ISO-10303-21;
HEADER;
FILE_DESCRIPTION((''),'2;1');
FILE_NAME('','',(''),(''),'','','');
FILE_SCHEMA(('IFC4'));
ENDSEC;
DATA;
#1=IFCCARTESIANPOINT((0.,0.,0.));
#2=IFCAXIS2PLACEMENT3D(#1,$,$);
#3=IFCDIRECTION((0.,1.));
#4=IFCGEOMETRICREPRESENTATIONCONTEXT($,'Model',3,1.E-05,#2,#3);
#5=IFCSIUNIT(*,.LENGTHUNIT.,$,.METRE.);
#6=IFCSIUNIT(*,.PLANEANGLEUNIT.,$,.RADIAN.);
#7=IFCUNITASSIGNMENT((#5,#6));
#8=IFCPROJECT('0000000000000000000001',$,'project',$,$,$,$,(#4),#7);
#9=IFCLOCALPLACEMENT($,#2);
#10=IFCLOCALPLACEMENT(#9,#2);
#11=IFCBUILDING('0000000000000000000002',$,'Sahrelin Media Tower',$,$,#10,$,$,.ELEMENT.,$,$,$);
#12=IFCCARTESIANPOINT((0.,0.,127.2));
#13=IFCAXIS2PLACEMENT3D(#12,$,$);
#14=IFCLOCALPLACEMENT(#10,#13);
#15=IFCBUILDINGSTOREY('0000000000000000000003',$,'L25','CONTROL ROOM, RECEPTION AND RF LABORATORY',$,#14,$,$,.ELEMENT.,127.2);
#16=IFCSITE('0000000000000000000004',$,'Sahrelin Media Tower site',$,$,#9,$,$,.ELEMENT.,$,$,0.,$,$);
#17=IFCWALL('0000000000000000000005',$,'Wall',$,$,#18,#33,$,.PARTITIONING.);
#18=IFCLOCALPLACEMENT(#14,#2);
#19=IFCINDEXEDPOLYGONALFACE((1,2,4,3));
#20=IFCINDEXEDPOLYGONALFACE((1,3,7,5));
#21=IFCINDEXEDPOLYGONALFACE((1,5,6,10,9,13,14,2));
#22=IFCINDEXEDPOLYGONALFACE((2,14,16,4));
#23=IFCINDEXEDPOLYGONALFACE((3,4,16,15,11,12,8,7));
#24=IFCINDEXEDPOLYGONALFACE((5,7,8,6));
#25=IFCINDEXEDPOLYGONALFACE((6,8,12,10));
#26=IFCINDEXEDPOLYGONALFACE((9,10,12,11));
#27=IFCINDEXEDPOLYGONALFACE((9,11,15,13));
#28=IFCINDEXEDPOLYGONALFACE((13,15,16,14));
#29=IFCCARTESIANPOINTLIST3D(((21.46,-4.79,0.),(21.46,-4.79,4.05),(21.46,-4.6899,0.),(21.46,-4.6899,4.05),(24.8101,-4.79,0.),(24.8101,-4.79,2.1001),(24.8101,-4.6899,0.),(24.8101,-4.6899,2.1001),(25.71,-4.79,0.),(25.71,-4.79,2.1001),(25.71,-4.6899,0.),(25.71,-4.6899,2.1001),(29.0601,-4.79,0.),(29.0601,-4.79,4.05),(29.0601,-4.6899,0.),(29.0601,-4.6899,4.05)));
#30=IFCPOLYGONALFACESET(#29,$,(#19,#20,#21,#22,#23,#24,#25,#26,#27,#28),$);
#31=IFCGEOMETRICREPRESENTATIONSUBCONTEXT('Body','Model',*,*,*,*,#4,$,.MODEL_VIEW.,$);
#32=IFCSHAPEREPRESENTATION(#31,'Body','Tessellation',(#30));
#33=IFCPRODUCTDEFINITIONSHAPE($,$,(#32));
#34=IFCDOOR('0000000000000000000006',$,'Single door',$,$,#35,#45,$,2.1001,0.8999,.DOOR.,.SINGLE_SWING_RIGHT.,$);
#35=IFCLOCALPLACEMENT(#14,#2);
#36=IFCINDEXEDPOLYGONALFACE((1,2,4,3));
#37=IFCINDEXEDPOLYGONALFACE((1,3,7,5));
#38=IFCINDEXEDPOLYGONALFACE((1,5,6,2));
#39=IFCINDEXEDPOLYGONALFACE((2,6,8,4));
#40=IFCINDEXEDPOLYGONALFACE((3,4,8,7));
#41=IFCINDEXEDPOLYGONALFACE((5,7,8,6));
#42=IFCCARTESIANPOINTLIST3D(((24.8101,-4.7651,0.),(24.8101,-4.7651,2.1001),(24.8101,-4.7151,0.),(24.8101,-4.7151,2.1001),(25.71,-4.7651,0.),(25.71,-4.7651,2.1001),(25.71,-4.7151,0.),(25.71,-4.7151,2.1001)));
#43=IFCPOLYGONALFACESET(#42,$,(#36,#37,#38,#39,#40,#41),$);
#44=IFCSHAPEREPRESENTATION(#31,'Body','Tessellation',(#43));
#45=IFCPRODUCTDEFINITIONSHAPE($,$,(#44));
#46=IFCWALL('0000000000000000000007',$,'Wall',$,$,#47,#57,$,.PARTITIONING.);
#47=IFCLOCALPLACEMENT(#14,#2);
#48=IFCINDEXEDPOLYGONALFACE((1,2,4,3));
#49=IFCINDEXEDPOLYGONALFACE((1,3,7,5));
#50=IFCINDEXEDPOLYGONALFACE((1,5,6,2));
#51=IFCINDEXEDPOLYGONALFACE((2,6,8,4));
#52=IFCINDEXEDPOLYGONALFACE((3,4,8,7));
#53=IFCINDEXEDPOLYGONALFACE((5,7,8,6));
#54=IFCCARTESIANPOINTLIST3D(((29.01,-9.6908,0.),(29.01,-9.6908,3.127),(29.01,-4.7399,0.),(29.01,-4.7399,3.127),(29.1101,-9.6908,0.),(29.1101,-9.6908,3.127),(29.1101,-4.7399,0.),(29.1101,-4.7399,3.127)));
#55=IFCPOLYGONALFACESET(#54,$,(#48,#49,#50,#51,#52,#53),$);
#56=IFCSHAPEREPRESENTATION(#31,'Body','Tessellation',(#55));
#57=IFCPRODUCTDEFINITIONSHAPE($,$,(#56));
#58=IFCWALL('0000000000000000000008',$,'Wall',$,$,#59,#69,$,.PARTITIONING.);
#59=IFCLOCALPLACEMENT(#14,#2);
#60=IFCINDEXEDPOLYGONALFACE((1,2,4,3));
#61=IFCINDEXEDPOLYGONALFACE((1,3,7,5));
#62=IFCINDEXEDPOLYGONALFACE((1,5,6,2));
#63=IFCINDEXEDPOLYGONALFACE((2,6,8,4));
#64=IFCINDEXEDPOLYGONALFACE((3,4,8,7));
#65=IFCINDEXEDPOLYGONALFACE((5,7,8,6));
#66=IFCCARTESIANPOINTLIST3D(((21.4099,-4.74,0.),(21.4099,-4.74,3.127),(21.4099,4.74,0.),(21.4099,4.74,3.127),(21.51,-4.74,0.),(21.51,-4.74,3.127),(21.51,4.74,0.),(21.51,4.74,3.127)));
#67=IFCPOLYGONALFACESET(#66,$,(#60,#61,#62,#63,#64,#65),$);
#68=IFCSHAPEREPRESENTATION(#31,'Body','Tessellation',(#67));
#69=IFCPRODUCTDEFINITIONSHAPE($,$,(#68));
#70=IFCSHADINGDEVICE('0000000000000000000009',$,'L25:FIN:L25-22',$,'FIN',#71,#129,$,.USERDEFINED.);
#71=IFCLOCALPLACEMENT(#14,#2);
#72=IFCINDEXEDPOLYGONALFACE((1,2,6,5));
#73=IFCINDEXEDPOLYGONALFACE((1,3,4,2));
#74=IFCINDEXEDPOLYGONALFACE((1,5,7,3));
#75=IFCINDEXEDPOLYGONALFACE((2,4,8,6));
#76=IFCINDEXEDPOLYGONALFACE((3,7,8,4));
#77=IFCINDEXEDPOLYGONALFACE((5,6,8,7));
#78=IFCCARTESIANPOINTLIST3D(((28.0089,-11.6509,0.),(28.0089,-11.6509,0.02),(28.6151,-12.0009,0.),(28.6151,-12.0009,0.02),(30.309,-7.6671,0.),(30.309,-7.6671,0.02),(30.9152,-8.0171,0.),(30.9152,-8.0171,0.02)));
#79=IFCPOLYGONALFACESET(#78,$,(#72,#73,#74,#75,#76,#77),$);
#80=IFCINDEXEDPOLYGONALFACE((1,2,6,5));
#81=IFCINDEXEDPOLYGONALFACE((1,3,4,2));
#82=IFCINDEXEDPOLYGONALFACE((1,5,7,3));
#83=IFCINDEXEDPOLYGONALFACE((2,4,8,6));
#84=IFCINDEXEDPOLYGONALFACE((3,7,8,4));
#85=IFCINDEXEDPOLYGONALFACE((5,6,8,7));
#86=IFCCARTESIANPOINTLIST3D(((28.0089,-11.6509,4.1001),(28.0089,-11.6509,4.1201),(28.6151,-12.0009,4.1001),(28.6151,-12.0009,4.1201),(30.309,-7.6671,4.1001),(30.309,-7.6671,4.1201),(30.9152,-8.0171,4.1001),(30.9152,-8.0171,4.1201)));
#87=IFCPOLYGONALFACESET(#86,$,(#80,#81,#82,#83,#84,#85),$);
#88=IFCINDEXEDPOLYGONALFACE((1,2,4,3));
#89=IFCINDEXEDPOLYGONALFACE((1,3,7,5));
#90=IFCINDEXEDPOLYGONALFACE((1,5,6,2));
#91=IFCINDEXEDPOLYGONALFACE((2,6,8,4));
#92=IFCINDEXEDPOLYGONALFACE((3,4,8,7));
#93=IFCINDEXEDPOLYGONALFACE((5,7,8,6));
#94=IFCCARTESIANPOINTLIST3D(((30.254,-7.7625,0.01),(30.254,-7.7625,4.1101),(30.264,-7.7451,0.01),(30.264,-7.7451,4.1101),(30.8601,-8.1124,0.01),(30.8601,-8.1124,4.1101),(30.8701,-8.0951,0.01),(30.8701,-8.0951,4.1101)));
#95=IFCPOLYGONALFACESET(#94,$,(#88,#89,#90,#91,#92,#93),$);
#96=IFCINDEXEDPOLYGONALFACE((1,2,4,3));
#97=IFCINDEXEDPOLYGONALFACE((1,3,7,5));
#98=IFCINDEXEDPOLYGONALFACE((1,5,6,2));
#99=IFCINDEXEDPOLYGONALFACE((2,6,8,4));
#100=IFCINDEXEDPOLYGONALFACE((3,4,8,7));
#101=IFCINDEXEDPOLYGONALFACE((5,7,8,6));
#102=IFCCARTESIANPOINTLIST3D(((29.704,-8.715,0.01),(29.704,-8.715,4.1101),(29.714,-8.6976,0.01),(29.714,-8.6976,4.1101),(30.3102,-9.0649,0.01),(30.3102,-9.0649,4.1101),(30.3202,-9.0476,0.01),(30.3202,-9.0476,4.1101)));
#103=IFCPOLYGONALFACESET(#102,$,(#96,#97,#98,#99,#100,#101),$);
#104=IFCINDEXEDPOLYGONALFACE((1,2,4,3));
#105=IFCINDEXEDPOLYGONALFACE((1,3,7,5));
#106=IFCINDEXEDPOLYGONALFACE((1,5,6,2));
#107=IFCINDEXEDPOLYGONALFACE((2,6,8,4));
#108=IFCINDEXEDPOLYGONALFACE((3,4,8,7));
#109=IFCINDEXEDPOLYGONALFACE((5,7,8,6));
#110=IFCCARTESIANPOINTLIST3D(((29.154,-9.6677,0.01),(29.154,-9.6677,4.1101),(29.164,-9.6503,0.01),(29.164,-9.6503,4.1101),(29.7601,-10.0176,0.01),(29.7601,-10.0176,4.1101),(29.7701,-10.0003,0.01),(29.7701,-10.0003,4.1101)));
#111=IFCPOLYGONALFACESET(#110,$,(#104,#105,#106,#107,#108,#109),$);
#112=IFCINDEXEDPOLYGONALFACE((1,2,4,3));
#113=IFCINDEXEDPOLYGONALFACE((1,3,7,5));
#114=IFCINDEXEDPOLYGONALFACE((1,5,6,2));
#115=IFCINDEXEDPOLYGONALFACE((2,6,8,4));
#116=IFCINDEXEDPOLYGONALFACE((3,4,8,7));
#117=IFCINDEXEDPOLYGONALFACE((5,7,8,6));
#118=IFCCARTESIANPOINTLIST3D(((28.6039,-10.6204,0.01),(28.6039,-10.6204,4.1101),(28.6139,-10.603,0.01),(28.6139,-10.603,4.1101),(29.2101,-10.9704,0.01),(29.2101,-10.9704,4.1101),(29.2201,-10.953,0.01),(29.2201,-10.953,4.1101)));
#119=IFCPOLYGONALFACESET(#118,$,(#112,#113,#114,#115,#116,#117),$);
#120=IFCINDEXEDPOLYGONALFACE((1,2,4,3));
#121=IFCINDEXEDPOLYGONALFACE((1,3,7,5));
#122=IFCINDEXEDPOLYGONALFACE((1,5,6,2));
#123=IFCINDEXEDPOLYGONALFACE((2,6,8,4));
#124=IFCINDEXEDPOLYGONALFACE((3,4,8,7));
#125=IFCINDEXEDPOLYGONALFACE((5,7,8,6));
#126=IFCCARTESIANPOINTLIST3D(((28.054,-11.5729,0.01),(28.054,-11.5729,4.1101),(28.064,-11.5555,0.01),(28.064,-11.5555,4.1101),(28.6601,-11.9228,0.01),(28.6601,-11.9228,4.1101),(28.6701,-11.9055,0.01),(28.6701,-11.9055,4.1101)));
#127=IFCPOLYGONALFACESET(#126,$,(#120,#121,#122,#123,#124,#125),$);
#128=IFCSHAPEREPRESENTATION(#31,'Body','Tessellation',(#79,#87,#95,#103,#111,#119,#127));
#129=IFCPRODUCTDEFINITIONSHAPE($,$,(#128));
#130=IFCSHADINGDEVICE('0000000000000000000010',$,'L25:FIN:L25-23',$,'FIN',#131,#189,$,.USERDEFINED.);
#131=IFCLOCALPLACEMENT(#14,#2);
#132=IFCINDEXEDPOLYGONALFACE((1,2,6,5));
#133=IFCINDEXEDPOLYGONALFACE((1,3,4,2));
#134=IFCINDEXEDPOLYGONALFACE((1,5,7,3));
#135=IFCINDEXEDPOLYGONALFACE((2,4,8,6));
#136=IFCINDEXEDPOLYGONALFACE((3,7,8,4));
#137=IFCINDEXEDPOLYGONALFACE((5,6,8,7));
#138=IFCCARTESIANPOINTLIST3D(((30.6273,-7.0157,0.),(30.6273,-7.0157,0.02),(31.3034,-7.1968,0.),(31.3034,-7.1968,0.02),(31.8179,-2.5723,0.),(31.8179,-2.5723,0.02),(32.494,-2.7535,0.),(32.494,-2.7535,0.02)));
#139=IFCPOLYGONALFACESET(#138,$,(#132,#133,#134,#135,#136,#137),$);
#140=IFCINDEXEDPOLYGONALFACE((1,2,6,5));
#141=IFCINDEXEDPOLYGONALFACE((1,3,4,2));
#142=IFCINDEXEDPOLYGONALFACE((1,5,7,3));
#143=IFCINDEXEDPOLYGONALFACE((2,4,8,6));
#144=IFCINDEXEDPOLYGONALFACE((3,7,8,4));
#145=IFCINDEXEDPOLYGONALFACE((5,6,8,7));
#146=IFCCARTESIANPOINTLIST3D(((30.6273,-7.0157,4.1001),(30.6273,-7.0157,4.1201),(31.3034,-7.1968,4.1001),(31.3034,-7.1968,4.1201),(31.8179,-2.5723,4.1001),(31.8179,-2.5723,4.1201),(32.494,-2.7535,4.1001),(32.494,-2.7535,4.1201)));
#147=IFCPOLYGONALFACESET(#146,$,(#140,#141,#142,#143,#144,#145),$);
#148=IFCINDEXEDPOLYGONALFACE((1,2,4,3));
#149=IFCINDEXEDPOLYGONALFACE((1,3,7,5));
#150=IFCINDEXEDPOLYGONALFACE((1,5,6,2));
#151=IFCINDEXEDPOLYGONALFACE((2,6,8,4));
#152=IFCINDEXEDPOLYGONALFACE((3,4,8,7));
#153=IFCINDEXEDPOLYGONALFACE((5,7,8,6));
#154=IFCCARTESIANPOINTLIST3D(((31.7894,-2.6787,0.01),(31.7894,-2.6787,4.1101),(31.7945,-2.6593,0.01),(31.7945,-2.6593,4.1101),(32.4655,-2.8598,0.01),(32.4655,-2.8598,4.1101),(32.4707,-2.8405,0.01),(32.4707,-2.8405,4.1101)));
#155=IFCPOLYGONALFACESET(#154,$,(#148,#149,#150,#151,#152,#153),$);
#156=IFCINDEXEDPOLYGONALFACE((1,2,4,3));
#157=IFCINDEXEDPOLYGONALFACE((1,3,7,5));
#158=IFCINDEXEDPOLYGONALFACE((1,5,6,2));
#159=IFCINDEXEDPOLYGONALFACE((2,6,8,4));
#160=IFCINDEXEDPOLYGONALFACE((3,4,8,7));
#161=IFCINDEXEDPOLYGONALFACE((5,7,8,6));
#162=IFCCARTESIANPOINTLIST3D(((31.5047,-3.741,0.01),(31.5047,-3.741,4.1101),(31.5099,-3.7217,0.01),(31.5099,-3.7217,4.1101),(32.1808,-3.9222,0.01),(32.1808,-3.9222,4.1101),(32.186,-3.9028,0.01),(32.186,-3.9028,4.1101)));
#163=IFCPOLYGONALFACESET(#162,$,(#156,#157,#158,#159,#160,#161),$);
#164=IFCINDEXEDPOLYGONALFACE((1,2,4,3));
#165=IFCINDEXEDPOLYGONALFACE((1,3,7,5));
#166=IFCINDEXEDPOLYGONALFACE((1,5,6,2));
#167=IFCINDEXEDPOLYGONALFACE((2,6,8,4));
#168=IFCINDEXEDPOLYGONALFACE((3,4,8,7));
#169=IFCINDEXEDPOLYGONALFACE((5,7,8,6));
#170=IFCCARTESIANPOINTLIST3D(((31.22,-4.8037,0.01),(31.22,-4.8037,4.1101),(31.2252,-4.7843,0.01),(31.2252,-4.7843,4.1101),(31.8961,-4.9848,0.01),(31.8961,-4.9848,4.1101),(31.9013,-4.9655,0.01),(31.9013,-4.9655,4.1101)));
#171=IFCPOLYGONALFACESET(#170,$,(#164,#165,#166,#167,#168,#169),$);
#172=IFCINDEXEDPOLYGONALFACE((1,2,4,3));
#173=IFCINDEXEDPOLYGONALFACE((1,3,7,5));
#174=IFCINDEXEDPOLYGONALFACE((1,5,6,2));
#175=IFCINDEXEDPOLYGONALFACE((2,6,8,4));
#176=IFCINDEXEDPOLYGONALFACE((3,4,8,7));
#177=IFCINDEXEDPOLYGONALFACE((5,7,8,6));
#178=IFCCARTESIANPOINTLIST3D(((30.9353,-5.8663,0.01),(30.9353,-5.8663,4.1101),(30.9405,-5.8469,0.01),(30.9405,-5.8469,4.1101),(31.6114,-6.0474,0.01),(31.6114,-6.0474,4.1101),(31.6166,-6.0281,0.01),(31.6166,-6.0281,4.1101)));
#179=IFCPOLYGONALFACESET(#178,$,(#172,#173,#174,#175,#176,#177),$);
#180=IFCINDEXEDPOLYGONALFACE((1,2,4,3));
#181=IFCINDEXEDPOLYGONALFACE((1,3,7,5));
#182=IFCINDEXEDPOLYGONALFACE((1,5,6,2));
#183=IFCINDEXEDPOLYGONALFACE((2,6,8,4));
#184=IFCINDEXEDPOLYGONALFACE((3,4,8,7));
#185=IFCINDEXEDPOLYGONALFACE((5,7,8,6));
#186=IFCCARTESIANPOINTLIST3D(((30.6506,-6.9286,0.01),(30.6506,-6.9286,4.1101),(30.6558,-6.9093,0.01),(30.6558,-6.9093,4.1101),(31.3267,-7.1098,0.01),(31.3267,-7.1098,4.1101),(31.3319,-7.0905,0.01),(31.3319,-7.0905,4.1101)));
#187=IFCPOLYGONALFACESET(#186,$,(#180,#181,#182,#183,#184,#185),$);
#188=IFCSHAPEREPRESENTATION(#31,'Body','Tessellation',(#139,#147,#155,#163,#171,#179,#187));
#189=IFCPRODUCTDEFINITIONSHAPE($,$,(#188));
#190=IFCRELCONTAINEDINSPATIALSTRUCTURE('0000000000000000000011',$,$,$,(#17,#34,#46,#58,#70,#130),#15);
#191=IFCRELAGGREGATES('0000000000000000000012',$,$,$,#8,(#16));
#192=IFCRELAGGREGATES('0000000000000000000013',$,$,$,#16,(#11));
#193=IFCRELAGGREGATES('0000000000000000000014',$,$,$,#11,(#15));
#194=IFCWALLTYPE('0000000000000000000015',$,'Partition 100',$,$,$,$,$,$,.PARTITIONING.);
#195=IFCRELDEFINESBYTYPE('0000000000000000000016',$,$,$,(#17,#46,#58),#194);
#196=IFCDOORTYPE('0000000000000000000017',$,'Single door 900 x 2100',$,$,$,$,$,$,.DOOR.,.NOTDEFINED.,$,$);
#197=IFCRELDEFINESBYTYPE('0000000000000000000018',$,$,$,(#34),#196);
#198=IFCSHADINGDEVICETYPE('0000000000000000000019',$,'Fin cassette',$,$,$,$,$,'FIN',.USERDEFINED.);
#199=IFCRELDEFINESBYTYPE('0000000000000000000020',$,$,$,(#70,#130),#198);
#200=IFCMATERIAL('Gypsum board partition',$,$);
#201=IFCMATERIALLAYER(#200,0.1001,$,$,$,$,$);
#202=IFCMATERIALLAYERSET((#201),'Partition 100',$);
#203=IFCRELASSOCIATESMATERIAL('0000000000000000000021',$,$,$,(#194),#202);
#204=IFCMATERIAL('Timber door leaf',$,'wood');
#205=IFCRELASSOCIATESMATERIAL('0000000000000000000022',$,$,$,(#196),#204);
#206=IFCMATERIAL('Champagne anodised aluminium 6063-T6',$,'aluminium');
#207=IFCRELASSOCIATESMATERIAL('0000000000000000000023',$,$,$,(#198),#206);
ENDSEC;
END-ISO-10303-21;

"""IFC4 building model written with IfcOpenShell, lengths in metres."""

from ifc_helpers import new_model, si_unit, direction, frame, frame_2d, origin, origin_2d, place, context, subcontext, project, spatial, rectangle, extrude, material, layer, layer_set, type_object, element, fill, save


model = new_model("IFC4")

# Units and contexts
model_context = context("Model", 3, precision=1e-05, world=origin(), true_north=direction((0.0, 1.0)))
body_context = subcontext(model_context, "Body", "Model", "MODEL_VIEW")
ifc_project = project(units=[si_unit("LENGTHUNIT", "METRE"), si_unit("PLANEANGLEUNIT", "RADIAN")], contexts=[model_context])

# Site, building, storey
site_placement = place(None, origin())
site = spatial("IfcSite", under=ifc_project, at=site_placement, Name="Sahrelin Media Tower site", CompositionType="ELEMENT", RefElevation=0.0)
building_placement = place(site_placement, origin())
building = spatial("IfcBuilding", under=site, at=building_placement, Name="Sahrelin Media Tower", CompositionType="ELEMENT")
storey_placement = place(building_placement, frame((0.0, 0.0, 127.2)))
storey = spatial("IfcBuildingStorey", under=building, at=storey_placement, Name="L25", Description="CONTROL ROOM, RECEPTION AND RF LABORATORY", CompositionType="ELEMENT", Elevation=127.2)

# Shared definitions
ifc_material_1 = material(Name="Champagne anodised aluminium 6063-T6", Category="aluminium")

# Wall, opening, door
ifc_material_2 = material(Name="Gypsum board partition")
ifc_layer_1 = layer(ifc_material_2, 0.1001)
ifc_layer_set_1 = layer_set([ifc_layer_1], Name="Partition 100")
wall_type_1 = type_object("IfcWallType", Name="Partition 100", PredefinedType="PARTITIONING", material=ifc_layer_set_1)
wall_1_placement = place(storey_placement, frame((21.46, -4.74, 0.0), z_axis=(0.0, 0.0, 1.0), x_axis=(1.0, 0.0, 0.0)))
wall_1 = element("IfcWall", 1, at=wall_1_placement, inside=storey, type_object=wall_type_1, Name="Wall", PredefinedType="PARTITIONING", context=body_context, shape_type="SweptSolid", body=[
    extrude(rectangle(XDim=7.6001, YDim=0.1001, at=frame_2d((3.8, 0.0))), origin(), (0.0, 0.0, 1.0), 4.05),
])
opening_1_placement = place(wall_1_placement, frame((3.3501, 0.0, 0.0)))
opening_1 = element("IfcOpeningElement", 2, at=opening_1_placement, cuts=wall_1, PredefinedType="OPENING", context=body_context, shape_type="SweptSolid", body=[
    extrude(rectangle(XDim=0.8999, YDim=2.1001, at=frame_2d((0.45, 1.05))), frame((0.0, 0.05, 0.0), z_axis=(0.0, -1.0, 0.0), x_axis=(1.0, 0.0, 0.0)), (0.0, 0.0, 1.0), 0.1001),
])
ifc_material_3 = material(Name="Timber door leaf", Category="wood")
door_type_1 = type_object("IfcDoorType", Name="Single door 900 x 2100", OperationType="NOTDEFINED", PredefinedType="DOOR", material=ifc_material_3)
door_1_placement = place(opening_1_placement, origin())
door_1 = element("IfcDoor", 3, at=door_1_placement, inside=storey, type_object=door_type_1, Name="Single door", OperationType="SINGLE_SWING_RIGHT", OverallHeight=2.1001, OverallWidth=0.8999, PredefinedType="DOOR", context=body_context, shape_type="SweptSolid", body=[
    extrude(rectangle(XDim=0.8999, YDim=2.1001, at=frame_2d((0.45, 1.05))), frame((0.0, 0.0249, 0.0), z_axis=(0.0, -1.0, 0.0), x_axis=(1.0, 0.0, 0.0)), (0.0, 0.0, 1.0), 0.05),
])
fill(opening_1, door_1)

# Walls
wall_2_placement = place(storey_placement, frame((29.0601, -9.6909, 0.0), z_axis=(0.0, 0.0, 1.0), x_axis=(0.0, 1.0, 0.0)))
element("IfcWall", 4, at=wall_2_placement, inside=storey, type_object=wall_type_1, Name="Wall", PredefinedType="PARTITIONING", context=body_context, shape_type="SweptSolid", body=[
    extrude(rectangle(XDim=4.9509, YDim=0.1001, at=frame_2d((2.4756, 0.0))), origin(), (0.0, 0.0, 1.0), 3.127),
])
wall_3_placement = place(storey_placement, frame((21.46, -4.74, 0.0), z_axis=(0.0, 0.0, 1.0), x_axis=(0.0, 1.0, 0.0)))
element("IfcWall", 5, at=wall_3_placement, inside=storey, type_object=wall_type_1, Name="Wall", PredefinedType="PARTITIONING", context=body_context, shape_type="SweptSolid", body=[
    extrude(rectangle(XDim=9.48, YDim=0.1001, at=frame_2d((4.74, 0.0))), origin(), (0.0, 0.0, 1.0), 3.127),
])

# Shading devices
shading_device_type_1 = type_object("IfcShadingDeviceType", Name="Fin cassette", ElementType="FIN", PredefinedType="USERDEFINED", material=ifc_material_1)
placement_1 = place(storey_placement, frame((29.0984, -9.624, 0.0), z_axis=(0.0, 0.0, 1.0), x_axis=(-0.500011, -0.866019, 0.0)))
element("IfcShadingDevice", 6, at=placement_1, inside=storey, type_object=shading_device_type_1, Name="L25:FIN:L25-22", ObjectType="FIN", PredefinedType="USERDEFINED", context=body_context, shape_type="SweptSolid", body=[
    extrude(rectangle(XDim=4.6001, YDim=0.7, at=origin_2d()), frame((0.0, 0.4199, 0.0)), (0.0, 0.0, 1.0), 0.02),
    extrude(rectangle(XDim=4.6001, YDim=0.7, at=origin_2d()), frame((0.0, 0.4199, 4.1001)), (0.0, 0.0, 1.0), 0.02),
    extrude(rectangle(XDim=0.02, YDim=0.7, at=origin_2d()), frame((-2.2, 0.4199, 0.01), z_axis=(0.0, 0.0, 1.0), x_axis=(1.0, 0.0, 0.0)), (0.0, 0.0, 1.0), 4.1001),
    extrude(rectangle(XDim=0.02, YDim=0.7, at=origin_2d()), frame((-1.1001, 0.4199, 0.01), z_axis=(0.0, 0.0, 1.0), x_axis=(1.0, 0.0, 0.0)), (0.0, 0.0, 1.0), 4.1001),
    extrude(rectangle(XDim=0.02, YDim=0.7, at=origin_2d()), frame((0.0, 0.4199, 0.01), z_axis=(0.0, 0.0, 1.0), x_axis=(1.0, 0.0, 0.0)), (0.0, 0.0, 1.0), 4.1001),
    extrude(rectangle(XDim=0.02, YDim=0.7, at=origin_2d()), frame((1.1001, 0.4199, 0.01), z_axis=(0.0, 0.0, 1.0), x_axis=(1.0, 0.0, 0.0)), (0.0, 0.0, 1.0), 4.1001),
    extrude(rectangle(XDim=0.02, YDim=0.7, at=origin_2d()), frame((2.2, 0.4199, 0.01), z_axis=(0.0, 0.0, 1.0), x_axis=(1.0, 0.0, 0.0)), (0.0, 0.0, 1.0), 4.1001),
])
placement_2 = place(storey_placement, frame((31.155, -4.7759, 0.0), z_axis=(0.0, 0.0, 1.0), x_axis=(-0.258808, -0.965929, 0.0)))
element("IfcShadingDevice", 7, at=placement_2, inside=storey, type_object=shading_device_type_1, Name="L25:FIN:L25-23", ObjectType="FIN", PredefinedType="USERDEFINED", context=body_context, shape_type="SweptSolid", body=[
    extrude(rectangle(XDim=4.6001, YDim=0.7, at=origin_2d()), frame((0.0, 0.4199, 0.0)), (0.0, 0.0, 1.0), 0.02),
    extrude(rectangle(XDim=4.6001, YDim=0.7, at=origin_2d()), frame((0.0, 0.4199, 4.1001)), (0.0, 0.0, 1.0), 0.02),
    extrude(rectangle(XDim=0.02, YDim=0.7, at=origin_2d()), frame((-2.2, 0.4199, 0.01), z_axis=(0.0, 0.0, 1.0), x_axis=(1.0, 0.0, 0.0)), (0.0, 0.0, 1.0), 4.1001),
    extrude(rectangle(XDim=0.02, YDim=0.7, at=origin_2d()), frame((-1.1001, 0.4199, 0.01), z_axis=(0.0, 0.0, 1.0), x_axis=(1.0, 0.0, 0.0)), (0.0, 0.0, 1.0), 4.1001),
    extrude(rectangle(XDim=0.02, YDim=0.7, at=origin_2d()), frame((0.0, 0.4199, 0.01), z_axis=(0.0, 0.0, 1.0), x_axis=(1.0, 0.0, 0.0)), (0.0, 0.0, 1.0), 4.1001),
    extrude(rectangle(XDim=0.02, YDim=0.7, at=origin_2d()), frame((1.1001, 0.4199, 0.01), z_axis=(0.0, 0.0, 1.0), x_axis=(1.0, 0.0, 0.0)), (0.0, 0.0, 1.0), 4.1001),
    extrude(rectangle(XDim=0.02, YDim=0.7, at=origin_2d()), frame((2.2, 0.4199, 0.01), z_axis=(0.0, 0.0, 1.0), x_axis=(1.0, 0.0, 0.0)), (0.0, 0.0, 1.0), 4.1001),
])

save(model, "model.ifc")
